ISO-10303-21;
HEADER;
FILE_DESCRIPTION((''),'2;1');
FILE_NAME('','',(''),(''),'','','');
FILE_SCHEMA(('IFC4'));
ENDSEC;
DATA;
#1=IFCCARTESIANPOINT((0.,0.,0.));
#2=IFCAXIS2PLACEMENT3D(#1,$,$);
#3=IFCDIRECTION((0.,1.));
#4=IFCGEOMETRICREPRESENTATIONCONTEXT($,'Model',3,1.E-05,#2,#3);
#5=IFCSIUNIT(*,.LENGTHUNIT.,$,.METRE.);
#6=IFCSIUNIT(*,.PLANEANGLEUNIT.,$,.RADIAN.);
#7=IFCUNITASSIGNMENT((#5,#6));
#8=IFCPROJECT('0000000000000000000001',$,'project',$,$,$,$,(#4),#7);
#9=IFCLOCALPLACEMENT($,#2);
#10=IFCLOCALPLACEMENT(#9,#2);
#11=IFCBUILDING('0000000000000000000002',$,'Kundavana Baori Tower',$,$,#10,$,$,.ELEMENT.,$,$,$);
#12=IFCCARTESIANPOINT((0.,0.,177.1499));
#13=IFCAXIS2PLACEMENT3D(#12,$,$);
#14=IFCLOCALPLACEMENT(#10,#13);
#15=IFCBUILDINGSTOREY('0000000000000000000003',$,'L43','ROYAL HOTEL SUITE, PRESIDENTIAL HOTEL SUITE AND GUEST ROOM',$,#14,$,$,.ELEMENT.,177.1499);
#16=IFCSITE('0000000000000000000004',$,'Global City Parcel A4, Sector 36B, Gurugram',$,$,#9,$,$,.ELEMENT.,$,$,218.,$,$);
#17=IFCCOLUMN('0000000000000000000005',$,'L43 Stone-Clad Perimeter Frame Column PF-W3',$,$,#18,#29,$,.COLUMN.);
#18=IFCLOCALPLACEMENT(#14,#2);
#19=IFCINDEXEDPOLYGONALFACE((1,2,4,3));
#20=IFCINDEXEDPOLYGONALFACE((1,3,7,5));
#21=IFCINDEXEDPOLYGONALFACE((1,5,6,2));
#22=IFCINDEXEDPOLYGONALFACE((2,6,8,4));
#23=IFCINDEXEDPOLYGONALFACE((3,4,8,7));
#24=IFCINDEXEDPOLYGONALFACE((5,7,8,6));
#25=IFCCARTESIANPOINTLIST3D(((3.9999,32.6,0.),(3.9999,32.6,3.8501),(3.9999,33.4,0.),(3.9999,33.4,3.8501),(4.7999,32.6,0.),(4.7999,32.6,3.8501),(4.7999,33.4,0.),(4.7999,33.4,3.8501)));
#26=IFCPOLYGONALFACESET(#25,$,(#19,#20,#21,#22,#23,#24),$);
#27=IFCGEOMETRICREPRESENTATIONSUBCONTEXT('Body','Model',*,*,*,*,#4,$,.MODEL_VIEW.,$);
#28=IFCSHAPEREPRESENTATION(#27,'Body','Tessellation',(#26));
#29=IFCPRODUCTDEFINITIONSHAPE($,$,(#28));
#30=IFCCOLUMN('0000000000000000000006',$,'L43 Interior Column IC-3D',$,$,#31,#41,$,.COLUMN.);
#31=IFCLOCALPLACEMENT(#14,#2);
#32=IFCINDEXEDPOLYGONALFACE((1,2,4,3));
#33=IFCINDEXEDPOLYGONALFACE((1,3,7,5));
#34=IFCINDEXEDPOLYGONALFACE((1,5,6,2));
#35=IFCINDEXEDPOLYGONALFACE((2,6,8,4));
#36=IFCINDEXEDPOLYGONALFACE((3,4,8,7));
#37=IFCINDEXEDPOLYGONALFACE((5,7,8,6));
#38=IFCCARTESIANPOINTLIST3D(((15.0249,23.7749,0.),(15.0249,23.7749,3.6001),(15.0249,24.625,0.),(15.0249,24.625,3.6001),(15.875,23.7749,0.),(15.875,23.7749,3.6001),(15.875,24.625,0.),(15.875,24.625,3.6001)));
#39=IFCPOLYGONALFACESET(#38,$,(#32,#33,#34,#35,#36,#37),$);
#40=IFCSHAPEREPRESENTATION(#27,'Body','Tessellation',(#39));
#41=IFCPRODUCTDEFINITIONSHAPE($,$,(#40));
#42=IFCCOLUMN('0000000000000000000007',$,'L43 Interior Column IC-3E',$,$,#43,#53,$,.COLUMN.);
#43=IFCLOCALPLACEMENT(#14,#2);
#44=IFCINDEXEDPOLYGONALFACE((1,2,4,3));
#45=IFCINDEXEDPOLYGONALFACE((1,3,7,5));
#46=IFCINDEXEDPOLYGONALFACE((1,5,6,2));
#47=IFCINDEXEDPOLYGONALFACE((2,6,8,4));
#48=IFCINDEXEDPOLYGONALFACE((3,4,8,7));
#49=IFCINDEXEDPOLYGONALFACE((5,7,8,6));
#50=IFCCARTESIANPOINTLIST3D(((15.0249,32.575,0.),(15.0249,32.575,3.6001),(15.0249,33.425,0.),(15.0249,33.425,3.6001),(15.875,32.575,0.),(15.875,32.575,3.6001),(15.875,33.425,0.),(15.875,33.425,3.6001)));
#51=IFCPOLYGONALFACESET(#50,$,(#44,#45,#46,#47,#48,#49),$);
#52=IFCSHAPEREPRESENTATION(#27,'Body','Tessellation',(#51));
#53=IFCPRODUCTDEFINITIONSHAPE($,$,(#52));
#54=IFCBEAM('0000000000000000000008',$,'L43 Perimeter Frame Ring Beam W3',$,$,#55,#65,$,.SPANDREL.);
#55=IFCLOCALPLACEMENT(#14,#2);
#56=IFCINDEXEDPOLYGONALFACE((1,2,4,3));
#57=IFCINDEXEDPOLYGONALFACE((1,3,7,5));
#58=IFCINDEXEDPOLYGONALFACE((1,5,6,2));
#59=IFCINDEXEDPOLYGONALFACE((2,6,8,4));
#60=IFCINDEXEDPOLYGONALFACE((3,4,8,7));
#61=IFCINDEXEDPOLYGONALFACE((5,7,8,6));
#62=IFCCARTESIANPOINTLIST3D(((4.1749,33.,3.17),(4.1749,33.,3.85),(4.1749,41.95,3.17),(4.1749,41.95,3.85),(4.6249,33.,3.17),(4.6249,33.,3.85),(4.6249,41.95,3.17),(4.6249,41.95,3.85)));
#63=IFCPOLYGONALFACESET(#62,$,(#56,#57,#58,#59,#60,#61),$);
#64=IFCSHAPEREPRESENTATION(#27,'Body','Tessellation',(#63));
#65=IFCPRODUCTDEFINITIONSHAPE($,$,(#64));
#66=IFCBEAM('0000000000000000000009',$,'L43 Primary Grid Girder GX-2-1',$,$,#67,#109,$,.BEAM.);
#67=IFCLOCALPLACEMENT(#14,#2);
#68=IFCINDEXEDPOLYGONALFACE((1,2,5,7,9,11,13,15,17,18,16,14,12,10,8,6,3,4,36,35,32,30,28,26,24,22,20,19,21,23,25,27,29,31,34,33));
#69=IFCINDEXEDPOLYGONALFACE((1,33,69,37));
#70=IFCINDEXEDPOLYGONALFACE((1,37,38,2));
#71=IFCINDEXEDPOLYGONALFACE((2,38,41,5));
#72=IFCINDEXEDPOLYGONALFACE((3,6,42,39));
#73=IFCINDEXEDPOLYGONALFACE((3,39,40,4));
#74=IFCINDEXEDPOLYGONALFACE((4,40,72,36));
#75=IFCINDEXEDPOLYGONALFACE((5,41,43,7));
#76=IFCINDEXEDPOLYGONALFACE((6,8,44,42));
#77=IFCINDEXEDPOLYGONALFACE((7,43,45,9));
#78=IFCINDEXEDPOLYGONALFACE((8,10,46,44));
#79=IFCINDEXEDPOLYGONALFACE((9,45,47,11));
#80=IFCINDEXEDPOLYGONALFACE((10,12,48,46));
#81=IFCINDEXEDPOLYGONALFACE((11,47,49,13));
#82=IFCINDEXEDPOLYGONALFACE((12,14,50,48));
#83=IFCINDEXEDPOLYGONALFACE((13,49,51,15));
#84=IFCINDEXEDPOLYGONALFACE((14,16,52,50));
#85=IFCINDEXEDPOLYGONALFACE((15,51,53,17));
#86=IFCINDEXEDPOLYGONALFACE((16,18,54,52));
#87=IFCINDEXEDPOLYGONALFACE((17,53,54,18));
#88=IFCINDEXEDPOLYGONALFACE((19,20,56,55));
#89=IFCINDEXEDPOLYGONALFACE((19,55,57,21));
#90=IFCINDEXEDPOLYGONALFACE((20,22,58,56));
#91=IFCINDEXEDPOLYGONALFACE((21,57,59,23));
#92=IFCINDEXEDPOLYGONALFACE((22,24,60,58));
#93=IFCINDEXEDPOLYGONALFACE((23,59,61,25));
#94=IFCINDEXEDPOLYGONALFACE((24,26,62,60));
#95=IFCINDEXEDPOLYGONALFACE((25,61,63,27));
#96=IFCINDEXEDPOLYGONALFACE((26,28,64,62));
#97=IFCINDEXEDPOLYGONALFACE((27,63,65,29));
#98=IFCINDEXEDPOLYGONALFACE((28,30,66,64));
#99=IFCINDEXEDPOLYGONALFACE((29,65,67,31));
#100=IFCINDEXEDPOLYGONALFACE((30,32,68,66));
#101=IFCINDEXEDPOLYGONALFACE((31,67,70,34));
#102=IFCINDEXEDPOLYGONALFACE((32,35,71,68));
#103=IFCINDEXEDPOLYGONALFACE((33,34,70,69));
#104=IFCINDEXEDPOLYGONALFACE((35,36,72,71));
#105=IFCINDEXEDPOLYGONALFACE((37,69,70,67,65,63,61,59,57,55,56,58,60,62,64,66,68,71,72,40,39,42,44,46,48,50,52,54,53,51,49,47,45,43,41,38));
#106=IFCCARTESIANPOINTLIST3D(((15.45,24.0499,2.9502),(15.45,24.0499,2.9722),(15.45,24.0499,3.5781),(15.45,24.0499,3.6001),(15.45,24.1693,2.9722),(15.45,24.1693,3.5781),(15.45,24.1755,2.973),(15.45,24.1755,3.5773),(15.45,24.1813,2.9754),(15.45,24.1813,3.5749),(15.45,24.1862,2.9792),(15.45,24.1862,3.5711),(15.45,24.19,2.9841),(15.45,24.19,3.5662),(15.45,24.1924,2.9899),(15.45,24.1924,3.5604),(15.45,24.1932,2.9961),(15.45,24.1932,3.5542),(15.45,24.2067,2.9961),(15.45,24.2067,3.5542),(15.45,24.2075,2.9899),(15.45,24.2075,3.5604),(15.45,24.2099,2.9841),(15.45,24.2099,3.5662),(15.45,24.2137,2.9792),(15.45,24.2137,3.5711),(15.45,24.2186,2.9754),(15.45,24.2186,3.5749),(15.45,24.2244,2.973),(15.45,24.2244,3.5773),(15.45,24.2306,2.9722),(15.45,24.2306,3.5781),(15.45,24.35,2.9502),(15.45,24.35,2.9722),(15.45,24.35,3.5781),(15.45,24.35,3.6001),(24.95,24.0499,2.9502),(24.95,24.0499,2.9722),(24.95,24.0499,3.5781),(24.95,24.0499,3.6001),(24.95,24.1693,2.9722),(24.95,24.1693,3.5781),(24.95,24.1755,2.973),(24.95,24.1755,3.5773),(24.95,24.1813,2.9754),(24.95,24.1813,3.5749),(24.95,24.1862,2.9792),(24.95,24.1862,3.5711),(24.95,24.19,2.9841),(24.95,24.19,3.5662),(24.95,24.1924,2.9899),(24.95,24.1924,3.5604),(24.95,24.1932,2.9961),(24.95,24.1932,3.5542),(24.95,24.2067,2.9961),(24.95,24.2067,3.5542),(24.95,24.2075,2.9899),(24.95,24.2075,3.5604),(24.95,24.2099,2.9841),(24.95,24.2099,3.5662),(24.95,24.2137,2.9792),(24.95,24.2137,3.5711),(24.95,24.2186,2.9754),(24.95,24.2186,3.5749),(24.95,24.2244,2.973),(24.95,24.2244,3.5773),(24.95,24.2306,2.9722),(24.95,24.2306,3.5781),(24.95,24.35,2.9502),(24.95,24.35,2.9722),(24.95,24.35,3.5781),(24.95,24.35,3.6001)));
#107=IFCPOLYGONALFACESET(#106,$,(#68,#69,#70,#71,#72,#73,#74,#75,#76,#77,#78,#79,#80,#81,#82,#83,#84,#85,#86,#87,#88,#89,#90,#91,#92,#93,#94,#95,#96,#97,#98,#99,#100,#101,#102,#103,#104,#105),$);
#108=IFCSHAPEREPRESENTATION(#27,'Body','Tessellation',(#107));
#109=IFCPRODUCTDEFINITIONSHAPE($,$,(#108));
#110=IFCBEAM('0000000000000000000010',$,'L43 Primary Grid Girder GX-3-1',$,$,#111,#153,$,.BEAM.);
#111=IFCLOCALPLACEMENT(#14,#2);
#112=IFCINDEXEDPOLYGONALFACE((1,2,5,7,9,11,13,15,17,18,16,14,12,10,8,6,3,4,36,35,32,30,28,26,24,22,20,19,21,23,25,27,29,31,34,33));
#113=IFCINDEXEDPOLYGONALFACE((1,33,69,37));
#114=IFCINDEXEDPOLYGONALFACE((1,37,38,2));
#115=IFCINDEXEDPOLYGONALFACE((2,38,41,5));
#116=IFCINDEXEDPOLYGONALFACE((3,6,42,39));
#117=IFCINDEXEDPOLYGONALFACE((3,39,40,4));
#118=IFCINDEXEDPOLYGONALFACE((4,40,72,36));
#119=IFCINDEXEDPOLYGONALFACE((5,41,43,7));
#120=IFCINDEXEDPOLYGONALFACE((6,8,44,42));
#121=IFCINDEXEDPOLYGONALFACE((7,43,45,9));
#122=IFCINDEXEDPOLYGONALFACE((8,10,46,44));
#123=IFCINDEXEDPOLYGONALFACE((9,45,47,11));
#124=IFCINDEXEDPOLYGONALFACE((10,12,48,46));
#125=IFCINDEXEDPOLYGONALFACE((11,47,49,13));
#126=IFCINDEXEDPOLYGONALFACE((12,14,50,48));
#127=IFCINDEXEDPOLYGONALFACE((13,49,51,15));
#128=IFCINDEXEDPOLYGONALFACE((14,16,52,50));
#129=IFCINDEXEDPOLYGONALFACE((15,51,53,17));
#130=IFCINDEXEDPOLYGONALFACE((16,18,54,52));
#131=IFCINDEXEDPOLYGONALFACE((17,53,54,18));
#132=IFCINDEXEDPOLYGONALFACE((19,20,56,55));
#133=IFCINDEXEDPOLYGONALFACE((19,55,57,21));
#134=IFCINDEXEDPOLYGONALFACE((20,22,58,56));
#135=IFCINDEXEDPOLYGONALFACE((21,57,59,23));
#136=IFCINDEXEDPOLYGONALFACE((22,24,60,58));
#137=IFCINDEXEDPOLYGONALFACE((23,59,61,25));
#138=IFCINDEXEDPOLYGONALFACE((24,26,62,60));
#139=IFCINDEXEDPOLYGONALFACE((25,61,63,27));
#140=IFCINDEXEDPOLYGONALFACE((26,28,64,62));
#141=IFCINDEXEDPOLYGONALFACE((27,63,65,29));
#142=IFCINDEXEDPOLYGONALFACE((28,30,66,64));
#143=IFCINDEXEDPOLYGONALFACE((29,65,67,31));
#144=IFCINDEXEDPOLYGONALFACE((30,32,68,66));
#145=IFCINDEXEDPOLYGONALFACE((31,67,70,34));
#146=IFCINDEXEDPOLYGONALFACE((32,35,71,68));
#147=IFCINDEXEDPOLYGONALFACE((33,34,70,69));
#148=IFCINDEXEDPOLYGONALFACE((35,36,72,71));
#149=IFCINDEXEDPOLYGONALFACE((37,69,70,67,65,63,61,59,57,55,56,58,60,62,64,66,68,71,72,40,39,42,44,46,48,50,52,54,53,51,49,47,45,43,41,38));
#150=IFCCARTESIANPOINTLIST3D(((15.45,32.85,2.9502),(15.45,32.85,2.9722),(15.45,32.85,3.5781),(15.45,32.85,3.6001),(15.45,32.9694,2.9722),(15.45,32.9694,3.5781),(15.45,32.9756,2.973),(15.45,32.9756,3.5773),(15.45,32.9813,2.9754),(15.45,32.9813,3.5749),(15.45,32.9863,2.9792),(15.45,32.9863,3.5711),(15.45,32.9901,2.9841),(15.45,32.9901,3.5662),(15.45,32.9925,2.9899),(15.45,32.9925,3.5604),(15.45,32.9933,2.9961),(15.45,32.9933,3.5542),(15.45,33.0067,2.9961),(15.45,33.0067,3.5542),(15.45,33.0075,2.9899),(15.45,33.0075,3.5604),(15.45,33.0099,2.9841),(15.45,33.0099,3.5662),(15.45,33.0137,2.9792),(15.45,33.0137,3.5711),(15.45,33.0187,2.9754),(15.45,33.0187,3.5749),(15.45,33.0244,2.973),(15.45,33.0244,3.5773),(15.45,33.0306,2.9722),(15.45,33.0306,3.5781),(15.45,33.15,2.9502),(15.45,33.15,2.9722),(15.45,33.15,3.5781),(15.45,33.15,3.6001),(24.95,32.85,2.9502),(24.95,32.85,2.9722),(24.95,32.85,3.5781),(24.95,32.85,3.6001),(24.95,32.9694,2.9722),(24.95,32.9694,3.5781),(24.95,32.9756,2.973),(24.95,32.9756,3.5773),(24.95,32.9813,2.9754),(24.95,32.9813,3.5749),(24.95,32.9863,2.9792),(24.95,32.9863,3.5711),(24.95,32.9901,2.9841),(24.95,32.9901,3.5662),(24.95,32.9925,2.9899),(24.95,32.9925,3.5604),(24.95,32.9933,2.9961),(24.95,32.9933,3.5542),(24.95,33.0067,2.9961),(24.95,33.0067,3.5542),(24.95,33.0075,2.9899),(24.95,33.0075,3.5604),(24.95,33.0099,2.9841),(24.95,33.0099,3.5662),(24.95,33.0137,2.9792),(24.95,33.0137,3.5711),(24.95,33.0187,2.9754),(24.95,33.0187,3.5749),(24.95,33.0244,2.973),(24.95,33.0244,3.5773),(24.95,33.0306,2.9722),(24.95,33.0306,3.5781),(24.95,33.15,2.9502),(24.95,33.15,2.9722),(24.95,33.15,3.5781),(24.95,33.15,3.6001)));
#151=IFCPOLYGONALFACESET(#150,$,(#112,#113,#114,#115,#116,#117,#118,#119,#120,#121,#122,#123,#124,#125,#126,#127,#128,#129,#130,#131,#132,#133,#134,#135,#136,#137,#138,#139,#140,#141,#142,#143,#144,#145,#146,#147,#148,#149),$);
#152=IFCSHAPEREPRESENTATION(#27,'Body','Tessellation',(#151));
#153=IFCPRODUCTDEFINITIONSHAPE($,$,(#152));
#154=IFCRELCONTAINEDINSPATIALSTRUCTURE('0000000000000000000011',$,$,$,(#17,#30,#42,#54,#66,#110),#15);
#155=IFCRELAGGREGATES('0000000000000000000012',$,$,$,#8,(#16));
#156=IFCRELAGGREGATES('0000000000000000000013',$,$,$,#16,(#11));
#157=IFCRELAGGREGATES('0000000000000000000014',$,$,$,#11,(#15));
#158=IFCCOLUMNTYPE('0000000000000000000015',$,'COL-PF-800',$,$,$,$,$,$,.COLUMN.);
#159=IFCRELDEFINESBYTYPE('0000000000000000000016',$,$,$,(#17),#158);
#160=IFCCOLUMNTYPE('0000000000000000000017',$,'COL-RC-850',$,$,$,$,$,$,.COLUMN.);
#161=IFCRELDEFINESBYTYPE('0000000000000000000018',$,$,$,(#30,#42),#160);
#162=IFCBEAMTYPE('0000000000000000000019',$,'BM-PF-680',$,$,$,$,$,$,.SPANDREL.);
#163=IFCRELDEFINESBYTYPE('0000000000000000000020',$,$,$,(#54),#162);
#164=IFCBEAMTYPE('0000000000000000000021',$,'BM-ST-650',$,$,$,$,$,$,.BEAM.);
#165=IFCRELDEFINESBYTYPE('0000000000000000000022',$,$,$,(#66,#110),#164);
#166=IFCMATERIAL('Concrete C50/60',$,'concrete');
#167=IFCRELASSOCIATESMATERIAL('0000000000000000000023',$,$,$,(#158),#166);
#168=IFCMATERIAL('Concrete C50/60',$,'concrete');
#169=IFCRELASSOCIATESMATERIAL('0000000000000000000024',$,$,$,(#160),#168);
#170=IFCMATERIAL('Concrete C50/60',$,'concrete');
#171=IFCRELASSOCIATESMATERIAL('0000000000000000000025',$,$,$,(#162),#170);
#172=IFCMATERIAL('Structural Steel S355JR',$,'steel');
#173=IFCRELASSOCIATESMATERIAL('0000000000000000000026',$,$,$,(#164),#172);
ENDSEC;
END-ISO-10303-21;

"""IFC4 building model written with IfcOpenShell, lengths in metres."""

from ifc_helpers import new_model, si_unit, direction, frame, origin, origin_2d, place, context, subcontext, project, spatial, rectangle, i_section, extrude, material, material_profile, profile_set, type_object, element, save


model = new_model("IFC4")

# Units and contexts
model_context = context("Model", 3, precision=1e-05, world=origin(), true_north=direction((0.0, 1.0)))
body_context = subcontext(model_context, "Body", "Model", "MODEL_VIEW")
ifc_project = project(units=[si_unit("LENGTHUNIT", "METRE"), si_unit("PLANEANGLEUNIT", "RADIAN")], contexts=[model_context])

# Site, building, storey
site_placement = place(None, origin())
site = spatial("IfcSite", under=ifc_project, at=site_placement, Name="Global City Parcel A4, Sector 36B, Gurugram", CompositionType="ELEMENT", RefElevation=218.0)
building_placement = place(site_placement, origin())
building = spatial("IfcBuilding", under=site, at=building_placement, Name="Kundavana Baori Tower", CompositionType="ELEMENT")
storey_placement = place(building_placement, frame((0.0, 0.0, 177.1499)))
storey = spatial("IfcBuildingStorey", under=building, at=storey_placement, Name="L43", Description="ROYAL HOTEL SUITE, PRESIDENTIAL HOTEL SUITE AND GUEST ROOM", CompositionType="ELEMENT", Elevation=177.1499)

# Columns
ifc_material_1 = material(Name="Concrete C50/60", Category="concrete")
ifc_material_profile_1 = material_profile(ifc_material_1, rectangle(XDim=0.8, YDim=0.8, at=origin_2d()), Name="RC PF 800x800")
ifc_profile_set_1 = profile_set([ifc_material_profile_1], Name="Concrete C50/60")
column_type_1 = type_object("IfcColumnType", Name="COL-PF-800", PredefinedType="COLUMN", material=ifc_profile_set_1)
column_placement = place(storey_placement, frame((4.3999, 33.0, 0.0), z_axis=(0.0, 0.0, 1.0), x_axis=(1.0, 0.0, 0.0)))
element("IfcColumn", 1, at=column_placement, inside=storey, type_object=column_type_1, Name="L43 Stone-Clad Perimeter Frame Column PF-W3", PredefinedType="COLUMN", context=body_context, shape_type="SweptSolid", body=[
    extrude(rectangle(XDim=0.8, YDim=0.8, at=origin_2d()), origin(), (0.0, 0.0, 1.0), 3.8501),
])
ifc_material_2 = material(Name="Concrete C50/60", Category="concrete")
ifc_material_profile_2 = material_profile(ifc_material_2, rectangle(XDim=0.8501, YDim=0.8501, at=origin_2d()), Name="RC 850x850")
ifc_profile_set_2 = profile_set([ifc_material_profile_2], Name="Concrete C50/60")
column_type_2 = type_object("IfcColumnType", Name="COL-RC-850", PredefinedType="COLUMN", material=ifc_profile_set_2)
for number, where, z_axis, x_axis, name in (
    (2, (15.45, 24.2, 0.0), (0.0, 0.0, 1.0), (1.0, 0.0, 0.0), "L43 Interior Column IC-3D"),
    (3, (15.45, 33.0, 0.0), (0.0, 0.0, 1.0), (1.0, 0.0, 0.0), "L43 Interior Column IC-3E"),
):
    element("IfcColumn", number, at=place(storey_placement, frame(where, z_axis=z_axis, x_axis=x_axis)), inside=storey, type_object=column_type_2, Name=name, PredefinedType="COLUMN", context=body_context, shape_type="SweptSolid", body=[
        extrude(rectangle(XDim=0.8501, YDim=0.8501, at=origin_2d()), origin(), (0.0, 0.0, 1.0), 3.6001),
    ])

# Beams
ifc_material_3 = material(Name="Concrete C50/60", Category="concrete")
ifc_material_profile_3 = material_profile(ifc_material_3, rectangle(XDim=0.45, YDim=0.6799, at=origin_2d()), Name="RC BM 450x680")
ifc_profile_set_3 = profile_set([ifc_material_profile_3], Name="Concrete C50/60")
beam_type_1 = type_object("IfcBeamType", Name="BM-PF-680", PredefinedType="SPANDREL", material=ifc_profile_set_3)
beam_placement = place(storey_placement, frame((4.3999, 33.0, 3.51), z_axis=(0.0, 1.0, 0.0), x_axis=(-1.0, 0.0, 0.0)))
element("IfcBeam", 4, at=beam_placement, inside=storey, type_object=beam_type_1, Name="L43 Perimeter Frame Ring Beam W3", PredefinedType="SPANDREL", context=body_context, shape_type="SweptSolid", body=[
    extrude(rectangle(XDim=0.45, YDim=0.6799, at=origin_2d()), origin(), (0.0, 0.0, 1.0), 8.95),
])
ifc_material_4 = material(Name="Structural Steel S355JR", Category="steel")
ifc_material_profile_4 = material_profile(ifc_material_4, i_section(OverallWidth=0.3, OverallDepth=0.6499, WebThickness=0.0134, FlangeThickness=0.022, FilletRadius=0.0239, at=origin_2d()), Name="NPB 650x300x155")
ifc_profile_set_4 = profile_set([ifc_material_profile_4], Name="Structural Steel S355JR")
beam_type_2 = type_object("IfcBeamType", Name="BM-ST-650", PredefinedType="BEAM", material=ifc_profile_set_4)
for number, where, z_axis, x_axis, name in (
    (5, (15.45, 24.2, 3.2751), (1.0, 0.0, 0.0), (0.0, 1.0, 0.0), "L43 Primary Grid Girder GX-2-1"),
    (6, (15.45, 33.0, 3.2751), (1.0, 0.0, 0.0), (0.0, 1.0, 0.0), "L43 Primary Grid Girder GX-3-1"),
):
    element("IfcBeam", number, at=place(storey_placement, frame(where, z_axis=z_axis, x_axis=x_axis)), inside=storey, type_object=beam_type_2, Name=name, PredefinedType="BEAM", context=body_context, shape_type="SweptSolid", body=[
        extrude(i_section(OverallWidth=0.3, OverallDepth=0.6499, WebThickness=0.0134, FlangeThickness=0.022, FilletRadius=0.0239, at=origin_2d()), origin(), (0.0, 0.0, 1.0), 9.5),
    ])

save(model, "model.ifc")
